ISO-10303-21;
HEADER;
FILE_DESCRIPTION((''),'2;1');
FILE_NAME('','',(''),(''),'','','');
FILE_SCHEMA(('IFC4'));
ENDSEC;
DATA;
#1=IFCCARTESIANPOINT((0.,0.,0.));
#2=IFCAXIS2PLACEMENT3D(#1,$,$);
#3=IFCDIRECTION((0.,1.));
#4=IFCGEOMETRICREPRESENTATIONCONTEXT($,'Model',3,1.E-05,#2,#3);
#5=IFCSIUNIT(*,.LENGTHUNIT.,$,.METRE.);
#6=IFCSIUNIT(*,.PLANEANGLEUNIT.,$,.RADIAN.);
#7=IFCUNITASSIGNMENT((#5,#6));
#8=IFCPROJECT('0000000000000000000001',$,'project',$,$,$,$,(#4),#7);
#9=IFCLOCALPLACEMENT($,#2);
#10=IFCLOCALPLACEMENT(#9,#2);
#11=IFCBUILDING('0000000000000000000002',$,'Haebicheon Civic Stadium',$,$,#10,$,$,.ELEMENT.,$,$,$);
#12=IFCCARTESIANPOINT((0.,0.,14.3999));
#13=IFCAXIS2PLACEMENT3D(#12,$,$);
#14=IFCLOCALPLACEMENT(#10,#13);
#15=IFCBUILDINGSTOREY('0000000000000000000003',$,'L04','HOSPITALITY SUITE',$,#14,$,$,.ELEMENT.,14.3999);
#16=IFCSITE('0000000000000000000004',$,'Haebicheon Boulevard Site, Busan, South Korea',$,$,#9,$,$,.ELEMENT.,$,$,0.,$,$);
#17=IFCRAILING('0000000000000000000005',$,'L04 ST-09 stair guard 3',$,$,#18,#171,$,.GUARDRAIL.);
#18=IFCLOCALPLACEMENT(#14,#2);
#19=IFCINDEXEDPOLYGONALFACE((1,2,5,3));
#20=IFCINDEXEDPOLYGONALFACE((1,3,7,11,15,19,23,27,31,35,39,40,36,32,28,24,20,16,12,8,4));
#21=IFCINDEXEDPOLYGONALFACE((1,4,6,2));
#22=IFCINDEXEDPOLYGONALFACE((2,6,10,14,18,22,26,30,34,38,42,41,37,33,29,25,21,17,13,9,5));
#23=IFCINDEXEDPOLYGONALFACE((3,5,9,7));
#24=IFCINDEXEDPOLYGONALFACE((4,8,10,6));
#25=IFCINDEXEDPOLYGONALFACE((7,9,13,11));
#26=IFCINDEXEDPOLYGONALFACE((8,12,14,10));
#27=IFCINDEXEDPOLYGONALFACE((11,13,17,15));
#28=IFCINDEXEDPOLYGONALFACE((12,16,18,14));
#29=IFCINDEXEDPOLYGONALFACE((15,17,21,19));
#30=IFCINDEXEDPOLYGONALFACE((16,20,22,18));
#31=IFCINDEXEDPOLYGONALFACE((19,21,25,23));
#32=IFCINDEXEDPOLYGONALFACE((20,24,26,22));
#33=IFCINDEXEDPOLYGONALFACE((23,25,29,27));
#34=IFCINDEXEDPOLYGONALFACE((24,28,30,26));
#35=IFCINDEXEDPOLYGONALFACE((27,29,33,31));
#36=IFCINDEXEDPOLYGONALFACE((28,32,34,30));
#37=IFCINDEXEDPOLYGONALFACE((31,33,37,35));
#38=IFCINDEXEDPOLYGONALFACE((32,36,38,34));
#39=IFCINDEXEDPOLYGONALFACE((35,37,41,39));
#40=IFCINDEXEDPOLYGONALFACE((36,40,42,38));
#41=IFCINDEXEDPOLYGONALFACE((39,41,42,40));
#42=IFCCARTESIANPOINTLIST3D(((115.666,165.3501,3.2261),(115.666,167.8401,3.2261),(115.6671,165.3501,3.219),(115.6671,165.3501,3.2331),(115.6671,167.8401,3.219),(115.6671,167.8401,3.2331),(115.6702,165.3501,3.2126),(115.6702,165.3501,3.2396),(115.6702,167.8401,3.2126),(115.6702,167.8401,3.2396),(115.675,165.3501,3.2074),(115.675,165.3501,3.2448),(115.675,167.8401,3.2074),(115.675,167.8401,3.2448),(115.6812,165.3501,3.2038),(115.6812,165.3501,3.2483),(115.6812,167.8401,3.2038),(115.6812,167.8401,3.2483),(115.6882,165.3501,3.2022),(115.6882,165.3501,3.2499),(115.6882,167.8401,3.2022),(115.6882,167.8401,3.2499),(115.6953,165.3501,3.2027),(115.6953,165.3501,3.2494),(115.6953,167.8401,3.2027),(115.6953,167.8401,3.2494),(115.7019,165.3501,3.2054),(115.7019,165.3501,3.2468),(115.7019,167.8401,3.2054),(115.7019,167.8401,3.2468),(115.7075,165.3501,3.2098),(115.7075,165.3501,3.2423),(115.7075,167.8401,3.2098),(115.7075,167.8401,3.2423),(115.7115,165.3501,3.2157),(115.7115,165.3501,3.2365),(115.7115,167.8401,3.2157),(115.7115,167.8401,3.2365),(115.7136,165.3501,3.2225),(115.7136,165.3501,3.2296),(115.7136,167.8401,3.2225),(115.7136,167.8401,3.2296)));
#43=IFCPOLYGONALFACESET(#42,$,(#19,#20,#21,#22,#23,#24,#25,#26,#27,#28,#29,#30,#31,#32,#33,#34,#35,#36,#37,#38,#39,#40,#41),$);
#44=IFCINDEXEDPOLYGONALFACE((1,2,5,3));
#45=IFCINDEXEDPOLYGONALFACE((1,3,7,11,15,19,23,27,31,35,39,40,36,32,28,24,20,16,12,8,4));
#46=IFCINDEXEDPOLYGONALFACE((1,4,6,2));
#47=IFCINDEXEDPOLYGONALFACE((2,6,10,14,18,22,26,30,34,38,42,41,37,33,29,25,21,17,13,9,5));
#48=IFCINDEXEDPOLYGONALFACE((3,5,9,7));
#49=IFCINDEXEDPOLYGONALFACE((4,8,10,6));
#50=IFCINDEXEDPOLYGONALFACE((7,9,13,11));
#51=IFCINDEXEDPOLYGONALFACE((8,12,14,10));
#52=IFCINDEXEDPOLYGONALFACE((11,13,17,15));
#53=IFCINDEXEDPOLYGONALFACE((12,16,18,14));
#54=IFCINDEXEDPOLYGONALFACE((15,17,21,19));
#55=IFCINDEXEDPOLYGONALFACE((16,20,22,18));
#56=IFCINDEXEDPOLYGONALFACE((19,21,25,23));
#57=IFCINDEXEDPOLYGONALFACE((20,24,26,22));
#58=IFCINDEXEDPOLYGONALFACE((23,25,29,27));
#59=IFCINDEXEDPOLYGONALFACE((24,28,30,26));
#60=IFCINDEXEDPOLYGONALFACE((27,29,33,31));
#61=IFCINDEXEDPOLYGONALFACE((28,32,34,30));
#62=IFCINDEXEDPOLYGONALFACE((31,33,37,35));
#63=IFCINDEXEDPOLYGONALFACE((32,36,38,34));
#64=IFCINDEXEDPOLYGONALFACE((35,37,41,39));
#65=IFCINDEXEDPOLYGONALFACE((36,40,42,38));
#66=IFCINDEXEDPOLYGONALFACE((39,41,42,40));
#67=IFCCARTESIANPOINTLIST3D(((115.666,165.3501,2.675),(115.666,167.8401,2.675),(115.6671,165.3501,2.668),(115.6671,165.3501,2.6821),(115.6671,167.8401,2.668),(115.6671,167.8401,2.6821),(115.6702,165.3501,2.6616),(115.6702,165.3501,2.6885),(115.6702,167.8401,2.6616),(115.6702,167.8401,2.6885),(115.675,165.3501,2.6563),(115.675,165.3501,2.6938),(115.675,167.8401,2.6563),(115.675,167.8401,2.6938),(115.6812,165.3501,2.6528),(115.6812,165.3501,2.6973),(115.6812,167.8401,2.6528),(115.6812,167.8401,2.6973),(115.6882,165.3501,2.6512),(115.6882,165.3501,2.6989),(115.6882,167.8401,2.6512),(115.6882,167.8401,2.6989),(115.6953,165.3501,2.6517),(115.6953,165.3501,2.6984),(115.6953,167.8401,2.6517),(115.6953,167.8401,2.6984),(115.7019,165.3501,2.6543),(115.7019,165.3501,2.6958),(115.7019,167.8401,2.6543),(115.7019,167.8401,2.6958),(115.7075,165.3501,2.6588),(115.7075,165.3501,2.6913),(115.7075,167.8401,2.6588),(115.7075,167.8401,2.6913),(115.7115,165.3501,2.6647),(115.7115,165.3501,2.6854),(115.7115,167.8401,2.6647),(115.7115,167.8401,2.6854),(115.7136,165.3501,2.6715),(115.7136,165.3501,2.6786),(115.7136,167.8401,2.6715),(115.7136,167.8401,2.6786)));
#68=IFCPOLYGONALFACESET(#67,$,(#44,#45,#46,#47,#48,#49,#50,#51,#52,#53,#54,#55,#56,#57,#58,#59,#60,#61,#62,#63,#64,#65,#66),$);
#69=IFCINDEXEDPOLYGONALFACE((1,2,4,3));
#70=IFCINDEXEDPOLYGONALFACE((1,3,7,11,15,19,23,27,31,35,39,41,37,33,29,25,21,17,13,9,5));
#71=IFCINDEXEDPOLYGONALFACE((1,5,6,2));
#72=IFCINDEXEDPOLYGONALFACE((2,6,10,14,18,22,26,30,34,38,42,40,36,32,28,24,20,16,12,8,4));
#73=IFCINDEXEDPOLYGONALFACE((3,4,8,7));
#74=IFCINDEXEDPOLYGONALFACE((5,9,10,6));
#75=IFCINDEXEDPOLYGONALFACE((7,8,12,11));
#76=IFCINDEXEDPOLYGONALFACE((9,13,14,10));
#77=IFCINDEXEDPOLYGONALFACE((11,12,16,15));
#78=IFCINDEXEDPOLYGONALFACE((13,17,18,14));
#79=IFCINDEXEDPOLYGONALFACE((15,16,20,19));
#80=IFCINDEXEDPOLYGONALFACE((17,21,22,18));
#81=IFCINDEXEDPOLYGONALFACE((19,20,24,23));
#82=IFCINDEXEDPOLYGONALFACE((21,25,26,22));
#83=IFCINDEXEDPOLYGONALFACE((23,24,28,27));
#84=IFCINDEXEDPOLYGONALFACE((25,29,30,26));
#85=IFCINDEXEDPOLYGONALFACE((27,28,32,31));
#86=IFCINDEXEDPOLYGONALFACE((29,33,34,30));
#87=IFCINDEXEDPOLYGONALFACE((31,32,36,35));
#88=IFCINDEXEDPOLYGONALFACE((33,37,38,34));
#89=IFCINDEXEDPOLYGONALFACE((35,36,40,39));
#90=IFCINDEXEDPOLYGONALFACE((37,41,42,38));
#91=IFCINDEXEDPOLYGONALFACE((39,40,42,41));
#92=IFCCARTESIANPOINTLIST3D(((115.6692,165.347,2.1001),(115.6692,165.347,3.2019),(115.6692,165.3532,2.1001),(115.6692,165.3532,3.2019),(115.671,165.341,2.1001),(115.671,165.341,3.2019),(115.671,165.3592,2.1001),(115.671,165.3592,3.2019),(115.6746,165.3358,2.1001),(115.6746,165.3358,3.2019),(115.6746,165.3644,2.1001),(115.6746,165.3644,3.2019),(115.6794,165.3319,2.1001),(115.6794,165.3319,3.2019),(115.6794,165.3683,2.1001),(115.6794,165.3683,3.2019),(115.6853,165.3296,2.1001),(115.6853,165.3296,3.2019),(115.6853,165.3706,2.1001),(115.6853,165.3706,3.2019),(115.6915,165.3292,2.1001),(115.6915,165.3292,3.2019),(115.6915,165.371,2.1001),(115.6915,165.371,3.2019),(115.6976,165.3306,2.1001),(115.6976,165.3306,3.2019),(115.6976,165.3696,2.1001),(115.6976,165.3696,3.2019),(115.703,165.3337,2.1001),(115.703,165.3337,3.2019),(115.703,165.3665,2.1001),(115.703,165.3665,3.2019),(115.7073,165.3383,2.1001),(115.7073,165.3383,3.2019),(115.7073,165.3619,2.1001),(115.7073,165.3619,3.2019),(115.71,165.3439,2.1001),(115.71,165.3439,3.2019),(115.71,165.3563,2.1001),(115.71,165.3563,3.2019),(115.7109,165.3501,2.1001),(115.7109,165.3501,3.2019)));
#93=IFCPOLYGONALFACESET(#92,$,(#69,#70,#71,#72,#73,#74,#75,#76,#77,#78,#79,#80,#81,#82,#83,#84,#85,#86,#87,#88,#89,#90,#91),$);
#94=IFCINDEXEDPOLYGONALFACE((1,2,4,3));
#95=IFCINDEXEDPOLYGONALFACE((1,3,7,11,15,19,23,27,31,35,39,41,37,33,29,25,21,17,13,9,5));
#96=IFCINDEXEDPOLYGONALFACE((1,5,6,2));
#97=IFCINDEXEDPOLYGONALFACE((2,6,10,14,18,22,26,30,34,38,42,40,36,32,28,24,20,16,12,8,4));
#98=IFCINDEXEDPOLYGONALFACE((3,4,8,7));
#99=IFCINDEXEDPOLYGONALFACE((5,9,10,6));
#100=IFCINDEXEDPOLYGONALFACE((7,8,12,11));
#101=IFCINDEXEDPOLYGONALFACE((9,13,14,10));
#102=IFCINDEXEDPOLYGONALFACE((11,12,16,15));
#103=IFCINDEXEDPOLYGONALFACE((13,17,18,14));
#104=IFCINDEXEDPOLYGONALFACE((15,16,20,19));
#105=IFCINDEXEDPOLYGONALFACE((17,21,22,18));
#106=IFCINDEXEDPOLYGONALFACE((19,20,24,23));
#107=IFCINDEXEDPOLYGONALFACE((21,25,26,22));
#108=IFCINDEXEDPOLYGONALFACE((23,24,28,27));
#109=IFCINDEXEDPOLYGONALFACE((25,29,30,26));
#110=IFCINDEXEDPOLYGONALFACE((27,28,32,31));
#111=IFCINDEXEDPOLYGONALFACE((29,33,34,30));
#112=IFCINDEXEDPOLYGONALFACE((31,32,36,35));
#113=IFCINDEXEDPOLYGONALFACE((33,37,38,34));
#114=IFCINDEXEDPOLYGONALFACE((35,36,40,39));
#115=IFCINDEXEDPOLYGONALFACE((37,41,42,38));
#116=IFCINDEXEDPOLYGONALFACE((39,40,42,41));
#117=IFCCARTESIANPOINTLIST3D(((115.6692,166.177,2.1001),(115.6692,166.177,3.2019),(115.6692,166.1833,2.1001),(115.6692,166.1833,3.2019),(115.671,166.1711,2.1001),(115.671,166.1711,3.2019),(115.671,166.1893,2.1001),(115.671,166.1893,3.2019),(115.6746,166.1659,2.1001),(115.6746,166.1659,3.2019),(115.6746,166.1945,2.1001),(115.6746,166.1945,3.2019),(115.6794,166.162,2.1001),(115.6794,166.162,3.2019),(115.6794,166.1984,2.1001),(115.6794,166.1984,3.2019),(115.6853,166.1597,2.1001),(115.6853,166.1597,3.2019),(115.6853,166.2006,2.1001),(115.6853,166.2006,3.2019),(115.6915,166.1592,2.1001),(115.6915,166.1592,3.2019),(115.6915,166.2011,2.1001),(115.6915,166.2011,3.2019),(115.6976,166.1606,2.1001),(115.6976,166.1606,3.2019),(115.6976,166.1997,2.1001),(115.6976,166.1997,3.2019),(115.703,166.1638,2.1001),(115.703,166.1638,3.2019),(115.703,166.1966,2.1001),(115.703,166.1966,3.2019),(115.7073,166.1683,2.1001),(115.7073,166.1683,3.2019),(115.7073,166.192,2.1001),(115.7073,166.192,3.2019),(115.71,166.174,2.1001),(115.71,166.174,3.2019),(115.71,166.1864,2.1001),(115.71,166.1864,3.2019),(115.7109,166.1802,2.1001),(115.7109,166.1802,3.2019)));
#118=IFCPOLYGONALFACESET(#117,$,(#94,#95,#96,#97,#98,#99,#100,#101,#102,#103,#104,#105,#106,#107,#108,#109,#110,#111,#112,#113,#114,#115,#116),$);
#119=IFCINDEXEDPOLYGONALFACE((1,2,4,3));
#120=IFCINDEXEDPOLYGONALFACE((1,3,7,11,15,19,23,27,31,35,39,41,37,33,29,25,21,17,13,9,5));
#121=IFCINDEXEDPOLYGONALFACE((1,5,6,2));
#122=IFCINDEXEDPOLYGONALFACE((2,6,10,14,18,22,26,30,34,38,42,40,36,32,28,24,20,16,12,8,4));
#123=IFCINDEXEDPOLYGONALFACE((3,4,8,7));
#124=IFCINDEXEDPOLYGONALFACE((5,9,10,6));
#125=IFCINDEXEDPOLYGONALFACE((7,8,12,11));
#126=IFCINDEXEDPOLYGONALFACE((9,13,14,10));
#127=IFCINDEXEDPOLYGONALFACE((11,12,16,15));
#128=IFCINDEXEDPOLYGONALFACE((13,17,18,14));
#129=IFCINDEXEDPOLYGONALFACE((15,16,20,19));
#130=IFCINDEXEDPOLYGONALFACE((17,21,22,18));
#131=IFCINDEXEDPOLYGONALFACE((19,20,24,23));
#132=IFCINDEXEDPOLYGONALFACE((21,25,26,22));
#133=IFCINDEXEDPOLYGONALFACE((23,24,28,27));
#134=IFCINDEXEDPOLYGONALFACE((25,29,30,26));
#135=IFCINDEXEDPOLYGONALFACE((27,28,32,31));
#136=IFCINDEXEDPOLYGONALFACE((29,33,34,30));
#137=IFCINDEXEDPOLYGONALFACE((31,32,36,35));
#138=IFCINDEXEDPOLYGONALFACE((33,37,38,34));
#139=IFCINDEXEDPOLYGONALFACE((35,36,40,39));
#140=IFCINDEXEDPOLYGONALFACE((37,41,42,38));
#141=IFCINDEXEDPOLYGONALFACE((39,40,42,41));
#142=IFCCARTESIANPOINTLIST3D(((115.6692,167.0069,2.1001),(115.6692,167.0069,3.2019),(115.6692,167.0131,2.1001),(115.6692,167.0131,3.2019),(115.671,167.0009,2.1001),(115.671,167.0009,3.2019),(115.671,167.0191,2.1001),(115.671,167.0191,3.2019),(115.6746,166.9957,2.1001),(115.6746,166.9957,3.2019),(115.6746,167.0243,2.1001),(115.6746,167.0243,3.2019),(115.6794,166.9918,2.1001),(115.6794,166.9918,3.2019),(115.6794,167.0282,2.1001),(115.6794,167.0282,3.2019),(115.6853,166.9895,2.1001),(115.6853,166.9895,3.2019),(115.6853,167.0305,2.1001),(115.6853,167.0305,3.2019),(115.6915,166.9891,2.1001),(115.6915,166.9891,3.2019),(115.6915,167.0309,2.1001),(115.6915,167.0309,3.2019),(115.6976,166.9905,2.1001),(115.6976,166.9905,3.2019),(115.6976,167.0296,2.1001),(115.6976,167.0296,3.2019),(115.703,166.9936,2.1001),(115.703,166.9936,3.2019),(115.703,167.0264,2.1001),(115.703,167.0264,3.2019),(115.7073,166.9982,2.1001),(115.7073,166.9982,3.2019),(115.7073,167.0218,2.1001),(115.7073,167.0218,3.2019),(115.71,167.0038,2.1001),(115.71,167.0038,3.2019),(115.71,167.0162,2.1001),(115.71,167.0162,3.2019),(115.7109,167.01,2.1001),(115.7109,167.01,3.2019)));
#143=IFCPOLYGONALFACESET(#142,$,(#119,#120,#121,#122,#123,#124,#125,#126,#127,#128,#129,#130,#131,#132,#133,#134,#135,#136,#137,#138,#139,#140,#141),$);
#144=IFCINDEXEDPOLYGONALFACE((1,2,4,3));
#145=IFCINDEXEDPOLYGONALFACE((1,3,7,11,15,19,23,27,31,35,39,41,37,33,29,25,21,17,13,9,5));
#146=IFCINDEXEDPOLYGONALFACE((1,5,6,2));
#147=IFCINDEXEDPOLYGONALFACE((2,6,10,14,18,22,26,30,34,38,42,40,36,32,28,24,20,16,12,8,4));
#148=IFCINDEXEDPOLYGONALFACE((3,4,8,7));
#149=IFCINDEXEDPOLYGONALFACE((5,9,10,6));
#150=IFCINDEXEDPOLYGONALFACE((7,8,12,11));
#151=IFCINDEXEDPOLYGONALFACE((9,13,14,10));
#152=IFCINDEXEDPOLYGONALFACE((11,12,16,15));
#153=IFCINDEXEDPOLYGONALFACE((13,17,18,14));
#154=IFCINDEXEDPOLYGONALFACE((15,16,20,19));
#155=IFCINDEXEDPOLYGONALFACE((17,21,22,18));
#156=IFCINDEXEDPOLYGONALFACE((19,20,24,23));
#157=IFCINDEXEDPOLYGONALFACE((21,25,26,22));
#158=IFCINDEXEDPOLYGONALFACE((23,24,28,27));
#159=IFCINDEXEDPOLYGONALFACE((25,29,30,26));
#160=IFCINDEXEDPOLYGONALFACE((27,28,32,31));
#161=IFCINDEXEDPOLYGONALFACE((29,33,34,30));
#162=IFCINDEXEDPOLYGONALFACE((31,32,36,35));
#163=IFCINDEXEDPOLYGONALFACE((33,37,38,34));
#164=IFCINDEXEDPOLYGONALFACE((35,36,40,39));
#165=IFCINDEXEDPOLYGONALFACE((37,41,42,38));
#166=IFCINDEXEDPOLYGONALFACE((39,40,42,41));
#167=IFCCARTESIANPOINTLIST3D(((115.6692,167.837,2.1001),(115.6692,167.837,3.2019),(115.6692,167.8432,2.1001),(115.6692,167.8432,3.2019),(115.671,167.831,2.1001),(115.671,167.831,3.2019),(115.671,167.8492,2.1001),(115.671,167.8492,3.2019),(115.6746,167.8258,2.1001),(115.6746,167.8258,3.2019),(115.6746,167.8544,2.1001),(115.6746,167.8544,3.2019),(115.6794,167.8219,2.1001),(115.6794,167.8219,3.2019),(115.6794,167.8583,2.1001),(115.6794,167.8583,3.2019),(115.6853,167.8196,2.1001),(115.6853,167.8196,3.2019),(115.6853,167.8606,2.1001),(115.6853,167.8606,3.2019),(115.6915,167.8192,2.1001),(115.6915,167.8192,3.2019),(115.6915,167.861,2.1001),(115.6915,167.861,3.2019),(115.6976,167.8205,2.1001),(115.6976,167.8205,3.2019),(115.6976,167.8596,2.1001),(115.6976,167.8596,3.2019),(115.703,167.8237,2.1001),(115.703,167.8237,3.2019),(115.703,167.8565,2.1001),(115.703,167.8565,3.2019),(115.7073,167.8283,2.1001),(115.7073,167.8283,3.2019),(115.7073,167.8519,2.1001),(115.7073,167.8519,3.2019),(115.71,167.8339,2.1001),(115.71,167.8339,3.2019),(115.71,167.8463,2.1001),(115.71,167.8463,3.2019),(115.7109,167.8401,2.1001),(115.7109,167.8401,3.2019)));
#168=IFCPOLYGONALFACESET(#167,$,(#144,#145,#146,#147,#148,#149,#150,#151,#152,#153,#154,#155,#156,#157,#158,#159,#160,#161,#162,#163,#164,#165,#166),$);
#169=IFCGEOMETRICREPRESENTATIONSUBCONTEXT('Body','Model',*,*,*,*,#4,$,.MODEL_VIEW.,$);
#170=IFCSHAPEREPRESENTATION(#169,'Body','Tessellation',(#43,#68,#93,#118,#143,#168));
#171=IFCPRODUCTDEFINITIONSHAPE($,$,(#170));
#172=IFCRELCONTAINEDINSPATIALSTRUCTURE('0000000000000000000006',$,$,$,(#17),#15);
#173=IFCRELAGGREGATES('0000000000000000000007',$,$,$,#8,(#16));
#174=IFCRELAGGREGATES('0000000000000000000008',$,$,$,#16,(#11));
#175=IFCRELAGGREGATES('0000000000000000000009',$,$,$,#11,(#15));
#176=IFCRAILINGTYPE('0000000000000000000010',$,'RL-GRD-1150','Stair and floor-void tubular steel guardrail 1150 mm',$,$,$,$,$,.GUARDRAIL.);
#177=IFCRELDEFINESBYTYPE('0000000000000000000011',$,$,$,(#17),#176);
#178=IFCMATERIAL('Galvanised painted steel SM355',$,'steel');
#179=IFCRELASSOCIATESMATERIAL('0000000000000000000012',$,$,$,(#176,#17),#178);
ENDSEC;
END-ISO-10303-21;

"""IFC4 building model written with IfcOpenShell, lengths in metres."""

from ifc_helpers import new_model, si_unit, direction, frame, origin, origin_2d, place, context, subcontext, project, spatial, circle, extrude, material, type_object, element, save


model = new_model("IFC4")

# Units and contexts
model_context = context("Model", 3, precision=1e-05, world=origin(), true_north=direction((0.0, 1.0)))
body_context = subcontext(model_context, "Body", "Model", "MODEL_VIEW")
ifc_project = project(units=[si_unit("LENGTHUNIT", "METRE"), si_unit("PLANEANGLEUNIT", "RADIAN")], contexts=[model_context])

# Site, building, storey
site_placement = place(None, origin())
site = spatial("IfcSite", under=ifc_project, at=site_placement, Name="Haebicheon Boulevard Site, Busan, South Korea", CompositionType="ELEMENT", RefElevation=0.0)
building_placement = place(site_placement, origin())
building = spatial("IfcBuilding", under=site, at=building_placement, Name="Haebicheon Civic Stadium", CompositionType="ELEMENT")
storey_placement = place(building_placement, frame((0.0, 0.0, 14.3999)))
storey = spatial("IfcBuildingStorey", under=building, at=storey_placement, Name="L04", Description="HOSPITALITY SUITE", CompositionType="ELEMENT", Elevation=14.3999)

# Railing
ifc_material_1 = material(Name="Galvanised painted steel SM355", Category="steel")
railing_type_1 = type_object("IfcRailingType", Name="RL-GRD-1150", Description="Stair and floor-void tubular steel guardrail 1150 mm", PredefinedType="GUARDRAIL", material=ifc_material_1)
for number, where, name in (
    (1, (115.6899, 165.3501, 2.1001), "L04 ST-09 stair guard 3"),
):
    element("IfcRailing", number, at=place(storey_placement, frame(where)), inside=storey, type_object=railing_type_1, material=ifc_material_1, Name=name, PredefinedType="GUARDRAIL", context=body_context, shape_type="SweptSolid", body=[
        extrude(circle(Radius=0.0239, at=origin_2d()), frame((0.0, 0.0, 1.126), z_axis=(0.0, 1.0, 0.0), x_axis=(-1.0, 0.0, 0.0)), (0.0, 0.0, 1.0), 2.49),
        extrude(circle(Radius=0.0239, at=origin_2d()), frame((0.0, 0.0, 0.575), z_axis=(0.0, 1.0, 0.0), x_axis=(-1.0, 0.0, 0.0)), (0.0, 0.0, 1.0), 2.49),
        extrude(circle(Radius=0.021, at=origin_2d()), origin(), (0.0, 0.0, 1.0), 1.1018),
        extrude(circle(Radius=0.021, at=origin_2d()), frame((0.0, 0.8301, 0.0)), (0.0, 0.0, 1.0), 1.1018),
        extrude(circle(Radius=0.021, at=origin_2d()), frame((0.0, 1.6599, 0.0)), (0.0, 0.0, 1.0), 1.1018),
        extrude(circle(Radius=0.021, at=origin_2d()), frame((0.0, 2.49, 0.0)), (0.0, 0.0, 1.0), 1.1018),
    ])

save(model, "model.ifc")
